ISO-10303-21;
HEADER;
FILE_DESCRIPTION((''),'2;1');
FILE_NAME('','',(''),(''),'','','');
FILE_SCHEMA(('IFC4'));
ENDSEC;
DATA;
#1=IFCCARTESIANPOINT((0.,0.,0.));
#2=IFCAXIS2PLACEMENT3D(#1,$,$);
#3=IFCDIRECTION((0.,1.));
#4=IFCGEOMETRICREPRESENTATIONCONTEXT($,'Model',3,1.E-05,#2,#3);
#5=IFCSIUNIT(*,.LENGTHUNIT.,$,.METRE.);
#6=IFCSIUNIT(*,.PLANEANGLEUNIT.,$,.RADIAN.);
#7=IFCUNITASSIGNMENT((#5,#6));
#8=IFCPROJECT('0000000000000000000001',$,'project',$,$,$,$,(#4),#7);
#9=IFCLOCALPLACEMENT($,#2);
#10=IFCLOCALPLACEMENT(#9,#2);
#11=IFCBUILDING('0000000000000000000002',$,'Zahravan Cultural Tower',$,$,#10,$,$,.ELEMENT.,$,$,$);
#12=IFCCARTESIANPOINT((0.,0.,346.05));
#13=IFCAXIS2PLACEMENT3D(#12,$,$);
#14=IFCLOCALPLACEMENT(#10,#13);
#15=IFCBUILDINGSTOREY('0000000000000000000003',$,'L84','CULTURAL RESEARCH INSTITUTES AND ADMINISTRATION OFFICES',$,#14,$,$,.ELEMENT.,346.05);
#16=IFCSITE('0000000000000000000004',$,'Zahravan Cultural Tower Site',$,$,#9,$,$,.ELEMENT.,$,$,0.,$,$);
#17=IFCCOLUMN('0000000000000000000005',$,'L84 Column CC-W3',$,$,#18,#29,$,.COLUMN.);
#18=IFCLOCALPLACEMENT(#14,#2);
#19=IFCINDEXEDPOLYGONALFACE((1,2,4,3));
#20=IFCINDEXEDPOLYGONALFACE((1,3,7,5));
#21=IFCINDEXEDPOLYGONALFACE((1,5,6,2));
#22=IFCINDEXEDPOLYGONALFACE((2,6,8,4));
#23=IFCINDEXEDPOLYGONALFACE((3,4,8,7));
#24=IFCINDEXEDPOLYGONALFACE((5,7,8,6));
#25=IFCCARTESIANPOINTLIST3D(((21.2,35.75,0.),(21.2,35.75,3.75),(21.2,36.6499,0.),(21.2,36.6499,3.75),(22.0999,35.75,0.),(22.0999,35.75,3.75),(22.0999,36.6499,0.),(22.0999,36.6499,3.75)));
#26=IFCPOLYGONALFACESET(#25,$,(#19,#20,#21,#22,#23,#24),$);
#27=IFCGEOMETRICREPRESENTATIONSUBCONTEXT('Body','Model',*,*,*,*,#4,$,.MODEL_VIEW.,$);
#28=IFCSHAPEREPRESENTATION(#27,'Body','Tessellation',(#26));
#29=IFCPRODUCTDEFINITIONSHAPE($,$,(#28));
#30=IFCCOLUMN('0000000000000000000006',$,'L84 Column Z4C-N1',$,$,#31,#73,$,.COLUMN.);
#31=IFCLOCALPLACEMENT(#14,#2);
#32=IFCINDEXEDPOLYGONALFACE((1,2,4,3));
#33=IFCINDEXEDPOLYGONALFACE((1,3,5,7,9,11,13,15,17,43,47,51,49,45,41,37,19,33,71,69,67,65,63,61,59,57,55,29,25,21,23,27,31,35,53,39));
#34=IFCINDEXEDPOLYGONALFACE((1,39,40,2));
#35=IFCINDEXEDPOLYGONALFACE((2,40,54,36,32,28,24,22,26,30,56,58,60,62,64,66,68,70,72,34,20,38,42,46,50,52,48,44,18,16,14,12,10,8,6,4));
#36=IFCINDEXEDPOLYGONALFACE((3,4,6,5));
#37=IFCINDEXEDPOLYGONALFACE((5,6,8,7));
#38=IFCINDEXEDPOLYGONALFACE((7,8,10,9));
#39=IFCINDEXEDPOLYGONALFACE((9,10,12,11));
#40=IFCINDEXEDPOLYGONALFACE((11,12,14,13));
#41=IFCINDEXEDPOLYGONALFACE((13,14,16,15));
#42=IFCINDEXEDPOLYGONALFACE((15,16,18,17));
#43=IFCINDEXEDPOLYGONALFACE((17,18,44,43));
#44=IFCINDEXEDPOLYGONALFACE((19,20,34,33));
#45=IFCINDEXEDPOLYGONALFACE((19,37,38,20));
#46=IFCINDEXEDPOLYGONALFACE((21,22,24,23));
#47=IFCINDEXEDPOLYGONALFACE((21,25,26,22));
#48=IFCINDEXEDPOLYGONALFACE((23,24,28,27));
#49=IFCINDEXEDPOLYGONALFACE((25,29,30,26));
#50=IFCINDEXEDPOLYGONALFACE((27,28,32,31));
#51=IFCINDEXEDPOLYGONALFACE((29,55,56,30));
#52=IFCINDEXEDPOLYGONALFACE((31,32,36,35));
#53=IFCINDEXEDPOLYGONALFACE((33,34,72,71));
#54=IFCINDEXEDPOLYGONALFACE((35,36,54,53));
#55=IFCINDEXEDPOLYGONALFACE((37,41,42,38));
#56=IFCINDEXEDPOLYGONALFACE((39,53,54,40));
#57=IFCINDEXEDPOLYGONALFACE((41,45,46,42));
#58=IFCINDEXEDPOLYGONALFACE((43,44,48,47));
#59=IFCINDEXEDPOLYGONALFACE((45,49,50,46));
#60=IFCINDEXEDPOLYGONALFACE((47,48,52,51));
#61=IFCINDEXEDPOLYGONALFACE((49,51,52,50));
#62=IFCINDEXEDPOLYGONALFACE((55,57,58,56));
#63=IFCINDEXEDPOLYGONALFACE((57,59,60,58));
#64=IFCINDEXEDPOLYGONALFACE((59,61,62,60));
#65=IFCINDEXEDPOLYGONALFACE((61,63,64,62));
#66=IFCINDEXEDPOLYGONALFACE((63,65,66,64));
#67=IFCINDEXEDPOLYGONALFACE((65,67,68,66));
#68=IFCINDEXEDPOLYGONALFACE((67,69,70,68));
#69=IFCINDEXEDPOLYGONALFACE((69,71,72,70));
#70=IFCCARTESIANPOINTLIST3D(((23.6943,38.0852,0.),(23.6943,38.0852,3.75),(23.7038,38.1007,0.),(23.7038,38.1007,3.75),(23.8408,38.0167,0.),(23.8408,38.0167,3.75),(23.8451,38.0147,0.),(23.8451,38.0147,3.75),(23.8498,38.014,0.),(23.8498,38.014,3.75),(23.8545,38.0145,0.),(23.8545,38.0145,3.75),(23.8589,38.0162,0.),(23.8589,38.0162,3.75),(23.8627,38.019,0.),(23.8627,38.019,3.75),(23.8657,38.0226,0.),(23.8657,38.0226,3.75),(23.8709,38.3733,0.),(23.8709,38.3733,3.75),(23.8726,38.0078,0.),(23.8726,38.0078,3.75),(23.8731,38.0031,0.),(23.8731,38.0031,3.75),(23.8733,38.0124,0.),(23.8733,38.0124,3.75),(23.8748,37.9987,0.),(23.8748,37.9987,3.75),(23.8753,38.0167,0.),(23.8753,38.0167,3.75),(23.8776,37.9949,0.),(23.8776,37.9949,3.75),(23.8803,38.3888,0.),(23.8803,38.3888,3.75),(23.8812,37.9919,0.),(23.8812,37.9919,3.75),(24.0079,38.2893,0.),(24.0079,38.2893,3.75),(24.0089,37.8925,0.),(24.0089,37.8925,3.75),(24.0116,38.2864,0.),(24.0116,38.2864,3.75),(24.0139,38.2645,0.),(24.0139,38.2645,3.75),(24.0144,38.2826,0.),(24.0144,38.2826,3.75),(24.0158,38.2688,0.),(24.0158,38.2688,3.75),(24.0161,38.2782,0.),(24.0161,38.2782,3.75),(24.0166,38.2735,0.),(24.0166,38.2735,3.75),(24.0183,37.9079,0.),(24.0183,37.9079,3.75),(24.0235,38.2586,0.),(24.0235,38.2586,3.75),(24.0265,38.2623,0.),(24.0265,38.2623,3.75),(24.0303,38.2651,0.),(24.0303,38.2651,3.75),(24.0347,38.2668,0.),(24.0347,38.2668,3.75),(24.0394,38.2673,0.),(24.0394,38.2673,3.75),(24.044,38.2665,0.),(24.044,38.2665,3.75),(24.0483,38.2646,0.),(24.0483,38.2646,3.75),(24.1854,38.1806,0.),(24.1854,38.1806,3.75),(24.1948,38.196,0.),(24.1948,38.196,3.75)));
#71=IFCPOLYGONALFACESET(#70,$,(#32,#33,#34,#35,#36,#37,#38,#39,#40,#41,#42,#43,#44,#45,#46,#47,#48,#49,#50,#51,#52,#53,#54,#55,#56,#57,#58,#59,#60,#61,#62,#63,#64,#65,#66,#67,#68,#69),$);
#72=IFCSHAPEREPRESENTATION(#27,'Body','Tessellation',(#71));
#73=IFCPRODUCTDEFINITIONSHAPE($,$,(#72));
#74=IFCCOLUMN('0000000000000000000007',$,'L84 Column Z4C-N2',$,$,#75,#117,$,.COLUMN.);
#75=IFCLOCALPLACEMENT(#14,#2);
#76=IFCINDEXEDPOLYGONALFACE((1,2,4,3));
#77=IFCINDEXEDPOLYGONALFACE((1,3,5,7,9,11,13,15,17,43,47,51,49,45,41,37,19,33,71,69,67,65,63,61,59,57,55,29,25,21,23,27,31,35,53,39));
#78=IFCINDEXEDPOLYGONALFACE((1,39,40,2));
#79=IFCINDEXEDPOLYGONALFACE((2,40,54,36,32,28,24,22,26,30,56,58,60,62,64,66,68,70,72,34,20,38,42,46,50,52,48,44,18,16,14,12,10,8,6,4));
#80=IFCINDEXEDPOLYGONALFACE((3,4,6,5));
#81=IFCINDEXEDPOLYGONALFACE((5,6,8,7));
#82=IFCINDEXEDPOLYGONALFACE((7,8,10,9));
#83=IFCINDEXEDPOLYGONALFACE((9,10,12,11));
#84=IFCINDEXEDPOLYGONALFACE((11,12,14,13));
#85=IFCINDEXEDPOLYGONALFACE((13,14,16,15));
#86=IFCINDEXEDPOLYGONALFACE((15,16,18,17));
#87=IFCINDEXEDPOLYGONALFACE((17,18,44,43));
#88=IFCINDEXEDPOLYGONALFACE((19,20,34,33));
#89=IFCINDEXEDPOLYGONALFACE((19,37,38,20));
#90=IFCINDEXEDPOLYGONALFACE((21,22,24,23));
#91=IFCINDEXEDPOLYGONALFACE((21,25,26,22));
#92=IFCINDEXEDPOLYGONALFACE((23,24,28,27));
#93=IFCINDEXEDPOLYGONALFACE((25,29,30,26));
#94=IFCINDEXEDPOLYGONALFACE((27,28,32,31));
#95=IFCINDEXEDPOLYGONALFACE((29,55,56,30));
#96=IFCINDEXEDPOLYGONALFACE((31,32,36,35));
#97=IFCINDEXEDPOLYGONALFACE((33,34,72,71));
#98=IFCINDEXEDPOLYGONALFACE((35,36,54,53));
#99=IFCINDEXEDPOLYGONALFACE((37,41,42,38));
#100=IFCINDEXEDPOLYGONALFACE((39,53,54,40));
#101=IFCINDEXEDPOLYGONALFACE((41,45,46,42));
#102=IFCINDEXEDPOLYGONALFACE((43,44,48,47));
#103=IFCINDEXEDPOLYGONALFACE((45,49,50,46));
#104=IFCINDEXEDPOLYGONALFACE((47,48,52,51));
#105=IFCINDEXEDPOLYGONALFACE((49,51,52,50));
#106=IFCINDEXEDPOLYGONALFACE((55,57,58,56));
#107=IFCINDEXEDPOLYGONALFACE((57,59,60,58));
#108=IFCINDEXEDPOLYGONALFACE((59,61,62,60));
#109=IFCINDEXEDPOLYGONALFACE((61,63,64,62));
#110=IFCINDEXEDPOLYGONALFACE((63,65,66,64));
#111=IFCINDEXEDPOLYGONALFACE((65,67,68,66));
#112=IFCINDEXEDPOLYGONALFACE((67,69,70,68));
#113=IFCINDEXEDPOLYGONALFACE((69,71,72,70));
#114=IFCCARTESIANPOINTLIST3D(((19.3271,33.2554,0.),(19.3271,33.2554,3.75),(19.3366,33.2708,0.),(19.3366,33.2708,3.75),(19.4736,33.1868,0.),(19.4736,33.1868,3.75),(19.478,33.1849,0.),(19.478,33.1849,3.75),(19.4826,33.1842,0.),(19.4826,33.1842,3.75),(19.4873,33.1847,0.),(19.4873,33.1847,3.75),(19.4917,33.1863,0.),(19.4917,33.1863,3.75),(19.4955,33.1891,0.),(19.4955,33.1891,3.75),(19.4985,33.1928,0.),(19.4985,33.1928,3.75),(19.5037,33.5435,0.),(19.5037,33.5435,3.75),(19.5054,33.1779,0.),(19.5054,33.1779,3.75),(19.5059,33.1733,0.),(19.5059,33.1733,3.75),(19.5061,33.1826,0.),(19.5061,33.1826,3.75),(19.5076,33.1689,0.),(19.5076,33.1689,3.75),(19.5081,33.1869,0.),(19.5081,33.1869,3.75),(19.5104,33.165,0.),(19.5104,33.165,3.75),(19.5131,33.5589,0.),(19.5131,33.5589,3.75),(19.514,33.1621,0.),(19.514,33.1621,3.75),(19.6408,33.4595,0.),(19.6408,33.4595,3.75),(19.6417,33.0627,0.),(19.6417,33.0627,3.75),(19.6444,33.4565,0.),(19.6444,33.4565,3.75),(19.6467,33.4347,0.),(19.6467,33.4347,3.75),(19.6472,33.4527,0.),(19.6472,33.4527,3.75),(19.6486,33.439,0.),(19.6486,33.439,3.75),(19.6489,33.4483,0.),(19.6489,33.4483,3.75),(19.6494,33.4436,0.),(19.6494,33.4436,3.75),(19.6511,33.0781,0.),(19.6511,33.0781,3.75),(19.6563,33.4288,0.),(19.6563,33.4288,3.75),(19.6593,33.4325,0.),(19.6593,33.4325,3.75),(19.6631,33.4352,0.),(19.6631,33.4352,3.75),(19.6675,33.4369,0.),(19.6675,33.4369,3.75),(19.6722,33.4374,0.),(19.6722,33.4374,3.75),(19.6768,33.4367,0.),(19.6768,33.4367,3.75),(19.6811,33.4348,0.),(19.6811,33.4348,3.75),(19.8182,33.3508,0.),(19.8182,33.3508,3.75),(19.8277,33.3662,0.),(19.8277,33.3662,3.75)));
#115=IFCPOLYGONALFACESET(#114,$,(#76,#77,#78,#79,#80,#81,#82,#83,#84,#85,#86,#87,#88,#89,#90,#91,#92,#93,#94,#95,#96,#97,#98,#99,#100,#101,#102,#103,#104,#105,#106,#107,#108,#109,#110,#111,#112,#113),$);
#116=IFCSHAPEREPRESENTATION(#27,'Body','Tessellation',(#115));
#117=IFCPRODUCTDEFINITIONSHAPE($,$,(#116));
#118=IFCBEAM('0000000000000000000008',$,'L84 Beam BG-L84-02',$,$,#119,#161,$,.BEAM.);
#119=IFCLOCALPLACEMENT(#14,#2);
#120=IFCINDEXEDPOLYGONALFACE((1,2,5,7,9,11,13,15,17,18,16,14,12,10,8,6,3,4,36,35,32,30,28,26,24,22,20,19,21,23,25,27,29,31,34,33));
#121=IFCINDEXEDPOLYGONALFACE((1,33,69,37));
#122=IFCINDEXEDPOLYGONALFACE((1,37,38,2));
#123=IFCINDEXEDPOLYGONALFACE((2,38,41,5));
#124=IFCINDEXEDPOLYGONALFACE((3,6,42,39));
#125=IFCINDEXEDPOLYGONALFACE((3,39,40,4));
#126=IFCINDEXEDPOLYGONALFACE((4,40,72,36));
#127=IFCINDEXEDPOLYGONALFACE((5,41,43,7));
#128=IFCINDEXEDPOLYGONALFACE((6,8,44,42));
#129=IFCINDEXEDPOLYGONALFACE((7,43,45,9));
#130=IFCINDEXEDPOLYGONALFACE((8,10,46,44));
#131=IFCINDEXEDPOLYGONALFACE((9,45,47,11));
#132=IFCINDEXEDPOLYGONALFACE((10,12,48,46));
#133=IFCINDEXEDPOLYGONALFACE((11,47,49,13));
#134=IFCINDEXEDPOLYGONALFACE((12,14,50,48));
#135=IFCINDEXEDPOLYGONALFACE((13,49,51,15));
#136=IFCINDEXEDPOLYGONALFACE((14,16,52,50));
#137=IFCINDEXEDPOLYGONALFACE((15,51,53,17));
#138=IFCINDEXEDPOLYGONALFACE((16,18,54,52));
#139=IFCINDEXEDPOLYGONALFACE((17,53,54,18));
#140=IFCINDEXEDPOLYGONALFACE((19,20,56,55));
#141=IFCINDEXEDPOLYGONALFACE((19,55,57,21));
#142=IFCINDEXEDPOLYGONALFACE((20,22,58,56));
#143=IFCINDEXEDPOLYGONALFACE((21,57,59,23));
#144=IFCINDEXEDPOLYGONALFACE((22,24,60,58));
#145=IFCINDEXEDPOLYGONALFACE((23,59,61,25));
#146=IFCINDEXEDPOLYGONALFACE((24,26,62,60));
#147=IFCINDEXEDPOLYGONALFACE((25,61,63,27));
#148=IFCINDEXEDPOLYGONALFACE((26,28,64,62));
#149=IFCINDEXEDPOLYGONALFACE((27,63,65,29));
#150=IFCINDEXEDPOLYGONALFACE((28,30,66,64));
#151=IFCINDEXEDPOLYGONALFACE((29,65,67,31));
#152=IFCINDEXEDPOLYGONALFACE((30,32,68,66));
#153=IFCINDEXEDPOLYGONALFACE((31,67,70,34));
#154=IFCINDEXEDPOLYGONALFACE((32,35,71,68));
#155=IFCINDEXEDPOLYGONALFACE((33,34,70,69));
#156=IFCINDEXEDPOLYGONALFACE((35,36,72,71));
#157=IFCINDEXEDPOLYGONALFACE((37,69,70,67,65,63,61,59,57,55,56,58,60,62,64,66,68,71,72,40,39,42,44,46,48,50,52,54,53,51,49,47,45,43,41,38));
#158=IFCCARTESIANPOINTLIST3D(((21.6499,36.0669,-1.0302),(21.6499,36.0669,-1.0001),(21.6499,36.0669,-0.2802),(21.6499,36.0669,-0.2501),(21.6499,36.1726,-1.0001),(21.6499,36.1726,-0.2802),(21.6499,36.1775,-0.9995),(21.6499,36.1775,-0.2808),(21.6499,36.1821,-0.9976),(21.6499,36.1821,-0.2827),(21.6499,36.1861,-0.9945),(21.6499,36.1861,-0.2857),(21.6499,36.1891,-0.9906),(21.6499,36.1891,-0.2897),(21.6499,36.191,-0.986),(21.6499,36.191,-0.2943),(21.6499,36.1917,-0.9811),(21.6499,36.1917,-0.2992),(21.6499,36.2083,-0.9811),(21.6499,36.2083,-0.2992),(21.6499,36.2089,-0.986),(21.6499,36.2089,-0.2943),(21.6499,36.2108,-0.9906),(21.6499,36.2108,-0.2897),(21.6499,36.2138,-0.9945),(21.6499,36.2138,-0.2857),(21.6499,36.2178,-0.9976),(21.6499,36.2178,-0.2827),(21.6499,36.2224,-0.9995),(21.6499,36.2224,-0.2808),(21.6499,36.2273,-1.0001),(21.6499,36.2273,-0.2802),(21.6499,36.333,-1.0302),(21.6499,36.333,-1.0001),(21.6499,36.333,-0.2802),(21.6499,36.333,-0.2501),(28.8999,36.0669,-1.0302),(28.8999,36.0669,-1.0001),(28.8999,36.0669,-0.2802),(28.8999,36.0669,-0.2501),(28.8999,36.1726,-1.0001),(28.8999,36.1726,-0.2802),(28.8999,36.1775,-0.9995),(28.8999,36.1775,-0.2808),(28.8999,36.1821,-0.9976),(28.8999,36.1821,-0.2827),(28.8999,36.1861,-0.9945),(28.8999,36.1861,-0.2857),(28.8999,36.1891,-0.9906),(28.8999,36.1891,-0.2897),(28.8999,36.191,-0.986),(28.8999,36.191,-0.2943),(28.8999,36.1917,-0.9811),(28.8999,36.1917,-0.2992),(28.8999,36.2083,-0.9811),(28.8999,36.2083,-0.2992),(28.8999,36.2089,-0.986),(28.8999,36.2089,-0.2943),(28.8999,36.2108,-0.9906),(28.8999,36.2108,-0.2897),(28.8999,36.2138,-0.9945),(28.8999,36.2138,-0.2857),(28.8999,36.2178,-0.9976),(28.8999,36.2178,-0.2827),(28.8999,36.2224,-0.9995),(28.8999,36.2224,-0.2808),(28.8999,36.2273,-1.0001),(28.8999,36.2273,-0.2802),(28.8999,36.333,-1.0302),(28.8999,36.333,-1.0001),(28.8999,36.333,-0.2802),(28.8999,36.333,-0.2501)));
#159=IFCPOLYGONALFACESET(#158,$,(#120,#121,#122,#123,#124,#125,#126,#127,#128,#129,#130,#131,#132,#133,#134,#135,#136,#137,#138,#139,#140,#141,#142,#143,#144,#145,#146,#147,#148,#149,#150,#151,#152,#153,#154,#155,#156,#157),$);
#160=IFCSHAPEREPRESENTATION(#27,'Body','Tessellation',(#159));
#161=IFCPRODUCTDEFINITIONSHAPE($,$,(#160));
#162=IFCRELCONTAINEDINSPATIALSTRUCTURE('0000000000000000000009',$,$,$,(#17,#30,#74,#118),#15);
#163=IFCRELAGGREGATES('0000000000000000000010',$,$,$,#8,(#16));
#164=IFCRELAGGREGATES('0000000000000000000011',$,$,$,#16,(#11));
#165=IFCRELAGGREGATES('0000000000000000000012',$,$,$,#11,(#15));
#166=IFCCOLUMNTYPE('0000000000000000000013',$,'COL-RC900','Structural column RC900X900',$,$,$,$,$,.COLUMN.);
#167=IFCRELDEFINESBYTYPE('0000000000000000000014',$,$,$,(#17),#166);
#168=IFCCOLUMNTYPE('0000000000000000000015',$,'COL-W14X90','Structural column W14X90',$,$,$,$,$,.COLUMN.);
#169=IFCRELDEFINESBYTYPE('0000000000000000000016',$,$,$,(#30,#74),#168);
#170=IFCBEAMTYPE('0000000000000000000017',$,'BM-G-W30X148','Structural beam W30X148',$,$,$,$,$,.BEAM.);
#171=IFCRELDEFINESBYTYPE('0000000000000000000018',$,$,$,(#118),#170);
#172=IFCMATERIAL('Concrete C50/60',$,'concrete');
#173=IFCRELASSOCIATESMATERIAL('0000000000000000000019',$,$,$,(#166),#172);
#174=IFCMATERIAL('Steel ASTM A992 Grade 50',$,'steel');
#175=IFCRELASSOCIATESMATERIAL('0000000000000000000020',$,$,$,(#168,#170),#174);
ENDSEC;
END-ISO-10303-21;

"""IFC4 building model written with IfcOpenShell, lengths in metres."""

from ifc_helpers import new_model, si_unit, direction, frame, origin, origin_2d, place, context, subcontext, project, spatial, rectangle, i_section, extrude, source, transform, mapped, material, material_profile, profile_set, type_object, element, save


model = new_model("IFC4")

# Units and contexts
model_context = context("Model", 3, precision=1e-05, world=origin(), true_north=direction((0.0, 1.0)))
body_context = subcontext(model_context, "Body", "Model", "MODEL_VIEW")
ifc_project = project(units=[si_unit("LENGTHUNIT", "METRE"), si_unit("PLANEANGLEUNIT", "RADIAN")], contexts=[model_context])

# Site, building, storey
site_placement = place(None, origin())
site = spatial("IfcSite", under=ifc_project, at=site_placement, Name="Zahravan Cultural Tower Site", CompositionType="ELEMENT", RefElevation=0.0)
building_placement = place(site_placement, origin())
building = spatial("IfcBuilding", under=site, at=building_placement, Name="Zahravan Cultural Tower", CompositionType="ELEMENT")
storey_placement = place(building_placement, frame((0.0, 0.0, 346.05)))
storey = spatial("IfcBuildingStorey", under=building, at=storey_placement, Name="L84", Description="CULTURAL RESEARCH INSTITUTES AND ADMINISTRATION OFFICES", CompositionType="ELEMENT", Elevation=346.05)

# Columns
ifc_material_1 = material(Name="Concrete C50/60", Category="concrete")
ifc_material_profile_1 = material_profile(ifc_material_1, rectangle(XDim=0.8999, YDim=0.8999, at=origin_2d()), Name="RC900X900")
ifc_profile_set_1 = profile_set([ifc_material_profile_1], Name="Concrete C50/60")
column_type_1 = type_object("IfcColumnType", Name="COL-RC900", Description="Structural column RC900X900", PredefinedType="COLUMN", material=ifc_profile_set_1)
shared_shape_1 = source(origin(), body_context, "Body", "SweptSolid", [
    extrude(rectangle(XDim=0.8999, YDim=0.8999, at=origin_2d()), origin(), (0.0, 0.0, 1.0), 3.75),
])
column_placement = place(storey_placement, frame((21.6499, 36.2, 0.0), z_axis=(0.0, 0.0, 1.0), x_axis=(1.0, 0.0, 0.0)))
element("IfcColumn", 1, at=column_placement, inside=storey, type_object=column_type_1, Name="L84 Column CC-W3", PredefinedType="COLUMN", context=body_context, shape_type="MappedRepresentation", body=[
    mapped(shared_shape_1, transform((0.0, 0.0, 0.0), x_axis=(1.0, 0.0, 0.0), y_axis=(0.0, 1.0, 0.0), z_axis=(0.0, 0.0, 1.0), scale=1.0)),
])
ifc_material_2 = material(Name="Steel ASTM A992 Grade 50", Category="steel")
ifc_material_profile_2 = material_profile(ifc_material_2, i_section(OverallWidth=0.3689, OverallDepth=0.356, WebThickness=0.0112, FlangeThickness=0.0181, FilletRadius=0.0181, at=origin_2d()), Name="W14X90")
ifc_profile_set_2 = profile_set([ifc_material_profile_2], Name="Steel ASTM A992 Grade 50")
column_type_2 = type_object("IfcColumnType", Name="COL-W14X90", Description="Structural column W14X90", PredefinedType="COLUMN", material=ifc_profile_set_2)
shared_shape_2 = source(origin(), body_context, "Body", "SweptSolid", [
    extrude(i_section(OverallWidth=0.3689, OverallDepth=0.356, WebThickness=0.0112, FlangeThickness=0.0181, FilletRadius=0.0181, at=origin_2d()), origin(), (0.0, 0.0, 1.0), 3.75),
])
for number, where, z_axis, x_axis, name in (
    (2, (23.9446, 38.1406, 0.0), (0.0, 0.0, 1.0), (-0.85264, 0.522499, 0.0), "L84 Column Z4C-N1"),
    (3, (19.5774, 33.3108, 0.0), (0.0, 0.0, 1.0), (-0.85264, 0.522499, 0.0), "L84 Column Z4C-N2"),
):
    element("IfcColumn", number, at=place(storey_placement, frame(where, z_axis=z_axis, x_axis=x_axis)), inside=storey, type_object=column_type_2, Name=name, PredefinedType="COLUMN", context=body_context, shape_type="MappedRepresentation", body=[
        mapped(shared_shape_2, transform((0.0, 0.0, 0.0), x_axis=(1.0, 0.0, 0.0), y_axis=(0.0, 1.0, 0.0), z_axis=(0.0, 0.0, 1.0), scale=1.0)),
    ])

# Beam
ifc_material_profile_3 = material_profile(ifc_material_2, i_section(OverallWidth=0.2661, OverallDepth=0.78, WebThickness=0.0166, FlangeThickness=0.03, FilletRadius=0.019, at=origin_2d()), Name="W30X148")
ifc_profile_set_3 = profile_set([ifc_material_profile_3], Name="Steel ASTM A992 Grade 50")
beam_type_1 = type_object("IfcBeamType", Name="BM-G-W30X148", Description="Structural beam W30X148", PredefinedType="BEAM", material=ifc_profile_set_3)
shared_shape_3 = source(origin(), body_context, "Body", "SweptSolid", [
    extrude(i_section(OverallWidth=0.2661, OverallDepth=0.78, WebThickness=0.0166, FlangeThickness=0.03, FilletRadius=0.019, at=origin_2d()), origin(), (0.0, 0.0, 1.0), 7.25),
])
beam_1_placement = place(storey_placement, frame((21.6499, 36.2, -0.6401), z_axis=(1.0, 0.0, 0.0), x_axis=(0.0, 1.0, 0.0)))
element("IfcBeam", 4, at=beam_1_placement, inside=storey, type_object=beam_type_1, Name="L84 Beam BG-L84-02", PredefinedType="BEAM", context=body_context, shape_type="MappedRepresentation", body=[
    mapped(shared_shape_3, transform((0.0, 0.0, 0.0), x_axis=(1.0, 0.0, 0.0), y_axis=(0.0, 1.0, 0.0), z_axis=(0.0, 0.0, 1.0), scale=1.0)),
])

save(model, "model.ifc")
